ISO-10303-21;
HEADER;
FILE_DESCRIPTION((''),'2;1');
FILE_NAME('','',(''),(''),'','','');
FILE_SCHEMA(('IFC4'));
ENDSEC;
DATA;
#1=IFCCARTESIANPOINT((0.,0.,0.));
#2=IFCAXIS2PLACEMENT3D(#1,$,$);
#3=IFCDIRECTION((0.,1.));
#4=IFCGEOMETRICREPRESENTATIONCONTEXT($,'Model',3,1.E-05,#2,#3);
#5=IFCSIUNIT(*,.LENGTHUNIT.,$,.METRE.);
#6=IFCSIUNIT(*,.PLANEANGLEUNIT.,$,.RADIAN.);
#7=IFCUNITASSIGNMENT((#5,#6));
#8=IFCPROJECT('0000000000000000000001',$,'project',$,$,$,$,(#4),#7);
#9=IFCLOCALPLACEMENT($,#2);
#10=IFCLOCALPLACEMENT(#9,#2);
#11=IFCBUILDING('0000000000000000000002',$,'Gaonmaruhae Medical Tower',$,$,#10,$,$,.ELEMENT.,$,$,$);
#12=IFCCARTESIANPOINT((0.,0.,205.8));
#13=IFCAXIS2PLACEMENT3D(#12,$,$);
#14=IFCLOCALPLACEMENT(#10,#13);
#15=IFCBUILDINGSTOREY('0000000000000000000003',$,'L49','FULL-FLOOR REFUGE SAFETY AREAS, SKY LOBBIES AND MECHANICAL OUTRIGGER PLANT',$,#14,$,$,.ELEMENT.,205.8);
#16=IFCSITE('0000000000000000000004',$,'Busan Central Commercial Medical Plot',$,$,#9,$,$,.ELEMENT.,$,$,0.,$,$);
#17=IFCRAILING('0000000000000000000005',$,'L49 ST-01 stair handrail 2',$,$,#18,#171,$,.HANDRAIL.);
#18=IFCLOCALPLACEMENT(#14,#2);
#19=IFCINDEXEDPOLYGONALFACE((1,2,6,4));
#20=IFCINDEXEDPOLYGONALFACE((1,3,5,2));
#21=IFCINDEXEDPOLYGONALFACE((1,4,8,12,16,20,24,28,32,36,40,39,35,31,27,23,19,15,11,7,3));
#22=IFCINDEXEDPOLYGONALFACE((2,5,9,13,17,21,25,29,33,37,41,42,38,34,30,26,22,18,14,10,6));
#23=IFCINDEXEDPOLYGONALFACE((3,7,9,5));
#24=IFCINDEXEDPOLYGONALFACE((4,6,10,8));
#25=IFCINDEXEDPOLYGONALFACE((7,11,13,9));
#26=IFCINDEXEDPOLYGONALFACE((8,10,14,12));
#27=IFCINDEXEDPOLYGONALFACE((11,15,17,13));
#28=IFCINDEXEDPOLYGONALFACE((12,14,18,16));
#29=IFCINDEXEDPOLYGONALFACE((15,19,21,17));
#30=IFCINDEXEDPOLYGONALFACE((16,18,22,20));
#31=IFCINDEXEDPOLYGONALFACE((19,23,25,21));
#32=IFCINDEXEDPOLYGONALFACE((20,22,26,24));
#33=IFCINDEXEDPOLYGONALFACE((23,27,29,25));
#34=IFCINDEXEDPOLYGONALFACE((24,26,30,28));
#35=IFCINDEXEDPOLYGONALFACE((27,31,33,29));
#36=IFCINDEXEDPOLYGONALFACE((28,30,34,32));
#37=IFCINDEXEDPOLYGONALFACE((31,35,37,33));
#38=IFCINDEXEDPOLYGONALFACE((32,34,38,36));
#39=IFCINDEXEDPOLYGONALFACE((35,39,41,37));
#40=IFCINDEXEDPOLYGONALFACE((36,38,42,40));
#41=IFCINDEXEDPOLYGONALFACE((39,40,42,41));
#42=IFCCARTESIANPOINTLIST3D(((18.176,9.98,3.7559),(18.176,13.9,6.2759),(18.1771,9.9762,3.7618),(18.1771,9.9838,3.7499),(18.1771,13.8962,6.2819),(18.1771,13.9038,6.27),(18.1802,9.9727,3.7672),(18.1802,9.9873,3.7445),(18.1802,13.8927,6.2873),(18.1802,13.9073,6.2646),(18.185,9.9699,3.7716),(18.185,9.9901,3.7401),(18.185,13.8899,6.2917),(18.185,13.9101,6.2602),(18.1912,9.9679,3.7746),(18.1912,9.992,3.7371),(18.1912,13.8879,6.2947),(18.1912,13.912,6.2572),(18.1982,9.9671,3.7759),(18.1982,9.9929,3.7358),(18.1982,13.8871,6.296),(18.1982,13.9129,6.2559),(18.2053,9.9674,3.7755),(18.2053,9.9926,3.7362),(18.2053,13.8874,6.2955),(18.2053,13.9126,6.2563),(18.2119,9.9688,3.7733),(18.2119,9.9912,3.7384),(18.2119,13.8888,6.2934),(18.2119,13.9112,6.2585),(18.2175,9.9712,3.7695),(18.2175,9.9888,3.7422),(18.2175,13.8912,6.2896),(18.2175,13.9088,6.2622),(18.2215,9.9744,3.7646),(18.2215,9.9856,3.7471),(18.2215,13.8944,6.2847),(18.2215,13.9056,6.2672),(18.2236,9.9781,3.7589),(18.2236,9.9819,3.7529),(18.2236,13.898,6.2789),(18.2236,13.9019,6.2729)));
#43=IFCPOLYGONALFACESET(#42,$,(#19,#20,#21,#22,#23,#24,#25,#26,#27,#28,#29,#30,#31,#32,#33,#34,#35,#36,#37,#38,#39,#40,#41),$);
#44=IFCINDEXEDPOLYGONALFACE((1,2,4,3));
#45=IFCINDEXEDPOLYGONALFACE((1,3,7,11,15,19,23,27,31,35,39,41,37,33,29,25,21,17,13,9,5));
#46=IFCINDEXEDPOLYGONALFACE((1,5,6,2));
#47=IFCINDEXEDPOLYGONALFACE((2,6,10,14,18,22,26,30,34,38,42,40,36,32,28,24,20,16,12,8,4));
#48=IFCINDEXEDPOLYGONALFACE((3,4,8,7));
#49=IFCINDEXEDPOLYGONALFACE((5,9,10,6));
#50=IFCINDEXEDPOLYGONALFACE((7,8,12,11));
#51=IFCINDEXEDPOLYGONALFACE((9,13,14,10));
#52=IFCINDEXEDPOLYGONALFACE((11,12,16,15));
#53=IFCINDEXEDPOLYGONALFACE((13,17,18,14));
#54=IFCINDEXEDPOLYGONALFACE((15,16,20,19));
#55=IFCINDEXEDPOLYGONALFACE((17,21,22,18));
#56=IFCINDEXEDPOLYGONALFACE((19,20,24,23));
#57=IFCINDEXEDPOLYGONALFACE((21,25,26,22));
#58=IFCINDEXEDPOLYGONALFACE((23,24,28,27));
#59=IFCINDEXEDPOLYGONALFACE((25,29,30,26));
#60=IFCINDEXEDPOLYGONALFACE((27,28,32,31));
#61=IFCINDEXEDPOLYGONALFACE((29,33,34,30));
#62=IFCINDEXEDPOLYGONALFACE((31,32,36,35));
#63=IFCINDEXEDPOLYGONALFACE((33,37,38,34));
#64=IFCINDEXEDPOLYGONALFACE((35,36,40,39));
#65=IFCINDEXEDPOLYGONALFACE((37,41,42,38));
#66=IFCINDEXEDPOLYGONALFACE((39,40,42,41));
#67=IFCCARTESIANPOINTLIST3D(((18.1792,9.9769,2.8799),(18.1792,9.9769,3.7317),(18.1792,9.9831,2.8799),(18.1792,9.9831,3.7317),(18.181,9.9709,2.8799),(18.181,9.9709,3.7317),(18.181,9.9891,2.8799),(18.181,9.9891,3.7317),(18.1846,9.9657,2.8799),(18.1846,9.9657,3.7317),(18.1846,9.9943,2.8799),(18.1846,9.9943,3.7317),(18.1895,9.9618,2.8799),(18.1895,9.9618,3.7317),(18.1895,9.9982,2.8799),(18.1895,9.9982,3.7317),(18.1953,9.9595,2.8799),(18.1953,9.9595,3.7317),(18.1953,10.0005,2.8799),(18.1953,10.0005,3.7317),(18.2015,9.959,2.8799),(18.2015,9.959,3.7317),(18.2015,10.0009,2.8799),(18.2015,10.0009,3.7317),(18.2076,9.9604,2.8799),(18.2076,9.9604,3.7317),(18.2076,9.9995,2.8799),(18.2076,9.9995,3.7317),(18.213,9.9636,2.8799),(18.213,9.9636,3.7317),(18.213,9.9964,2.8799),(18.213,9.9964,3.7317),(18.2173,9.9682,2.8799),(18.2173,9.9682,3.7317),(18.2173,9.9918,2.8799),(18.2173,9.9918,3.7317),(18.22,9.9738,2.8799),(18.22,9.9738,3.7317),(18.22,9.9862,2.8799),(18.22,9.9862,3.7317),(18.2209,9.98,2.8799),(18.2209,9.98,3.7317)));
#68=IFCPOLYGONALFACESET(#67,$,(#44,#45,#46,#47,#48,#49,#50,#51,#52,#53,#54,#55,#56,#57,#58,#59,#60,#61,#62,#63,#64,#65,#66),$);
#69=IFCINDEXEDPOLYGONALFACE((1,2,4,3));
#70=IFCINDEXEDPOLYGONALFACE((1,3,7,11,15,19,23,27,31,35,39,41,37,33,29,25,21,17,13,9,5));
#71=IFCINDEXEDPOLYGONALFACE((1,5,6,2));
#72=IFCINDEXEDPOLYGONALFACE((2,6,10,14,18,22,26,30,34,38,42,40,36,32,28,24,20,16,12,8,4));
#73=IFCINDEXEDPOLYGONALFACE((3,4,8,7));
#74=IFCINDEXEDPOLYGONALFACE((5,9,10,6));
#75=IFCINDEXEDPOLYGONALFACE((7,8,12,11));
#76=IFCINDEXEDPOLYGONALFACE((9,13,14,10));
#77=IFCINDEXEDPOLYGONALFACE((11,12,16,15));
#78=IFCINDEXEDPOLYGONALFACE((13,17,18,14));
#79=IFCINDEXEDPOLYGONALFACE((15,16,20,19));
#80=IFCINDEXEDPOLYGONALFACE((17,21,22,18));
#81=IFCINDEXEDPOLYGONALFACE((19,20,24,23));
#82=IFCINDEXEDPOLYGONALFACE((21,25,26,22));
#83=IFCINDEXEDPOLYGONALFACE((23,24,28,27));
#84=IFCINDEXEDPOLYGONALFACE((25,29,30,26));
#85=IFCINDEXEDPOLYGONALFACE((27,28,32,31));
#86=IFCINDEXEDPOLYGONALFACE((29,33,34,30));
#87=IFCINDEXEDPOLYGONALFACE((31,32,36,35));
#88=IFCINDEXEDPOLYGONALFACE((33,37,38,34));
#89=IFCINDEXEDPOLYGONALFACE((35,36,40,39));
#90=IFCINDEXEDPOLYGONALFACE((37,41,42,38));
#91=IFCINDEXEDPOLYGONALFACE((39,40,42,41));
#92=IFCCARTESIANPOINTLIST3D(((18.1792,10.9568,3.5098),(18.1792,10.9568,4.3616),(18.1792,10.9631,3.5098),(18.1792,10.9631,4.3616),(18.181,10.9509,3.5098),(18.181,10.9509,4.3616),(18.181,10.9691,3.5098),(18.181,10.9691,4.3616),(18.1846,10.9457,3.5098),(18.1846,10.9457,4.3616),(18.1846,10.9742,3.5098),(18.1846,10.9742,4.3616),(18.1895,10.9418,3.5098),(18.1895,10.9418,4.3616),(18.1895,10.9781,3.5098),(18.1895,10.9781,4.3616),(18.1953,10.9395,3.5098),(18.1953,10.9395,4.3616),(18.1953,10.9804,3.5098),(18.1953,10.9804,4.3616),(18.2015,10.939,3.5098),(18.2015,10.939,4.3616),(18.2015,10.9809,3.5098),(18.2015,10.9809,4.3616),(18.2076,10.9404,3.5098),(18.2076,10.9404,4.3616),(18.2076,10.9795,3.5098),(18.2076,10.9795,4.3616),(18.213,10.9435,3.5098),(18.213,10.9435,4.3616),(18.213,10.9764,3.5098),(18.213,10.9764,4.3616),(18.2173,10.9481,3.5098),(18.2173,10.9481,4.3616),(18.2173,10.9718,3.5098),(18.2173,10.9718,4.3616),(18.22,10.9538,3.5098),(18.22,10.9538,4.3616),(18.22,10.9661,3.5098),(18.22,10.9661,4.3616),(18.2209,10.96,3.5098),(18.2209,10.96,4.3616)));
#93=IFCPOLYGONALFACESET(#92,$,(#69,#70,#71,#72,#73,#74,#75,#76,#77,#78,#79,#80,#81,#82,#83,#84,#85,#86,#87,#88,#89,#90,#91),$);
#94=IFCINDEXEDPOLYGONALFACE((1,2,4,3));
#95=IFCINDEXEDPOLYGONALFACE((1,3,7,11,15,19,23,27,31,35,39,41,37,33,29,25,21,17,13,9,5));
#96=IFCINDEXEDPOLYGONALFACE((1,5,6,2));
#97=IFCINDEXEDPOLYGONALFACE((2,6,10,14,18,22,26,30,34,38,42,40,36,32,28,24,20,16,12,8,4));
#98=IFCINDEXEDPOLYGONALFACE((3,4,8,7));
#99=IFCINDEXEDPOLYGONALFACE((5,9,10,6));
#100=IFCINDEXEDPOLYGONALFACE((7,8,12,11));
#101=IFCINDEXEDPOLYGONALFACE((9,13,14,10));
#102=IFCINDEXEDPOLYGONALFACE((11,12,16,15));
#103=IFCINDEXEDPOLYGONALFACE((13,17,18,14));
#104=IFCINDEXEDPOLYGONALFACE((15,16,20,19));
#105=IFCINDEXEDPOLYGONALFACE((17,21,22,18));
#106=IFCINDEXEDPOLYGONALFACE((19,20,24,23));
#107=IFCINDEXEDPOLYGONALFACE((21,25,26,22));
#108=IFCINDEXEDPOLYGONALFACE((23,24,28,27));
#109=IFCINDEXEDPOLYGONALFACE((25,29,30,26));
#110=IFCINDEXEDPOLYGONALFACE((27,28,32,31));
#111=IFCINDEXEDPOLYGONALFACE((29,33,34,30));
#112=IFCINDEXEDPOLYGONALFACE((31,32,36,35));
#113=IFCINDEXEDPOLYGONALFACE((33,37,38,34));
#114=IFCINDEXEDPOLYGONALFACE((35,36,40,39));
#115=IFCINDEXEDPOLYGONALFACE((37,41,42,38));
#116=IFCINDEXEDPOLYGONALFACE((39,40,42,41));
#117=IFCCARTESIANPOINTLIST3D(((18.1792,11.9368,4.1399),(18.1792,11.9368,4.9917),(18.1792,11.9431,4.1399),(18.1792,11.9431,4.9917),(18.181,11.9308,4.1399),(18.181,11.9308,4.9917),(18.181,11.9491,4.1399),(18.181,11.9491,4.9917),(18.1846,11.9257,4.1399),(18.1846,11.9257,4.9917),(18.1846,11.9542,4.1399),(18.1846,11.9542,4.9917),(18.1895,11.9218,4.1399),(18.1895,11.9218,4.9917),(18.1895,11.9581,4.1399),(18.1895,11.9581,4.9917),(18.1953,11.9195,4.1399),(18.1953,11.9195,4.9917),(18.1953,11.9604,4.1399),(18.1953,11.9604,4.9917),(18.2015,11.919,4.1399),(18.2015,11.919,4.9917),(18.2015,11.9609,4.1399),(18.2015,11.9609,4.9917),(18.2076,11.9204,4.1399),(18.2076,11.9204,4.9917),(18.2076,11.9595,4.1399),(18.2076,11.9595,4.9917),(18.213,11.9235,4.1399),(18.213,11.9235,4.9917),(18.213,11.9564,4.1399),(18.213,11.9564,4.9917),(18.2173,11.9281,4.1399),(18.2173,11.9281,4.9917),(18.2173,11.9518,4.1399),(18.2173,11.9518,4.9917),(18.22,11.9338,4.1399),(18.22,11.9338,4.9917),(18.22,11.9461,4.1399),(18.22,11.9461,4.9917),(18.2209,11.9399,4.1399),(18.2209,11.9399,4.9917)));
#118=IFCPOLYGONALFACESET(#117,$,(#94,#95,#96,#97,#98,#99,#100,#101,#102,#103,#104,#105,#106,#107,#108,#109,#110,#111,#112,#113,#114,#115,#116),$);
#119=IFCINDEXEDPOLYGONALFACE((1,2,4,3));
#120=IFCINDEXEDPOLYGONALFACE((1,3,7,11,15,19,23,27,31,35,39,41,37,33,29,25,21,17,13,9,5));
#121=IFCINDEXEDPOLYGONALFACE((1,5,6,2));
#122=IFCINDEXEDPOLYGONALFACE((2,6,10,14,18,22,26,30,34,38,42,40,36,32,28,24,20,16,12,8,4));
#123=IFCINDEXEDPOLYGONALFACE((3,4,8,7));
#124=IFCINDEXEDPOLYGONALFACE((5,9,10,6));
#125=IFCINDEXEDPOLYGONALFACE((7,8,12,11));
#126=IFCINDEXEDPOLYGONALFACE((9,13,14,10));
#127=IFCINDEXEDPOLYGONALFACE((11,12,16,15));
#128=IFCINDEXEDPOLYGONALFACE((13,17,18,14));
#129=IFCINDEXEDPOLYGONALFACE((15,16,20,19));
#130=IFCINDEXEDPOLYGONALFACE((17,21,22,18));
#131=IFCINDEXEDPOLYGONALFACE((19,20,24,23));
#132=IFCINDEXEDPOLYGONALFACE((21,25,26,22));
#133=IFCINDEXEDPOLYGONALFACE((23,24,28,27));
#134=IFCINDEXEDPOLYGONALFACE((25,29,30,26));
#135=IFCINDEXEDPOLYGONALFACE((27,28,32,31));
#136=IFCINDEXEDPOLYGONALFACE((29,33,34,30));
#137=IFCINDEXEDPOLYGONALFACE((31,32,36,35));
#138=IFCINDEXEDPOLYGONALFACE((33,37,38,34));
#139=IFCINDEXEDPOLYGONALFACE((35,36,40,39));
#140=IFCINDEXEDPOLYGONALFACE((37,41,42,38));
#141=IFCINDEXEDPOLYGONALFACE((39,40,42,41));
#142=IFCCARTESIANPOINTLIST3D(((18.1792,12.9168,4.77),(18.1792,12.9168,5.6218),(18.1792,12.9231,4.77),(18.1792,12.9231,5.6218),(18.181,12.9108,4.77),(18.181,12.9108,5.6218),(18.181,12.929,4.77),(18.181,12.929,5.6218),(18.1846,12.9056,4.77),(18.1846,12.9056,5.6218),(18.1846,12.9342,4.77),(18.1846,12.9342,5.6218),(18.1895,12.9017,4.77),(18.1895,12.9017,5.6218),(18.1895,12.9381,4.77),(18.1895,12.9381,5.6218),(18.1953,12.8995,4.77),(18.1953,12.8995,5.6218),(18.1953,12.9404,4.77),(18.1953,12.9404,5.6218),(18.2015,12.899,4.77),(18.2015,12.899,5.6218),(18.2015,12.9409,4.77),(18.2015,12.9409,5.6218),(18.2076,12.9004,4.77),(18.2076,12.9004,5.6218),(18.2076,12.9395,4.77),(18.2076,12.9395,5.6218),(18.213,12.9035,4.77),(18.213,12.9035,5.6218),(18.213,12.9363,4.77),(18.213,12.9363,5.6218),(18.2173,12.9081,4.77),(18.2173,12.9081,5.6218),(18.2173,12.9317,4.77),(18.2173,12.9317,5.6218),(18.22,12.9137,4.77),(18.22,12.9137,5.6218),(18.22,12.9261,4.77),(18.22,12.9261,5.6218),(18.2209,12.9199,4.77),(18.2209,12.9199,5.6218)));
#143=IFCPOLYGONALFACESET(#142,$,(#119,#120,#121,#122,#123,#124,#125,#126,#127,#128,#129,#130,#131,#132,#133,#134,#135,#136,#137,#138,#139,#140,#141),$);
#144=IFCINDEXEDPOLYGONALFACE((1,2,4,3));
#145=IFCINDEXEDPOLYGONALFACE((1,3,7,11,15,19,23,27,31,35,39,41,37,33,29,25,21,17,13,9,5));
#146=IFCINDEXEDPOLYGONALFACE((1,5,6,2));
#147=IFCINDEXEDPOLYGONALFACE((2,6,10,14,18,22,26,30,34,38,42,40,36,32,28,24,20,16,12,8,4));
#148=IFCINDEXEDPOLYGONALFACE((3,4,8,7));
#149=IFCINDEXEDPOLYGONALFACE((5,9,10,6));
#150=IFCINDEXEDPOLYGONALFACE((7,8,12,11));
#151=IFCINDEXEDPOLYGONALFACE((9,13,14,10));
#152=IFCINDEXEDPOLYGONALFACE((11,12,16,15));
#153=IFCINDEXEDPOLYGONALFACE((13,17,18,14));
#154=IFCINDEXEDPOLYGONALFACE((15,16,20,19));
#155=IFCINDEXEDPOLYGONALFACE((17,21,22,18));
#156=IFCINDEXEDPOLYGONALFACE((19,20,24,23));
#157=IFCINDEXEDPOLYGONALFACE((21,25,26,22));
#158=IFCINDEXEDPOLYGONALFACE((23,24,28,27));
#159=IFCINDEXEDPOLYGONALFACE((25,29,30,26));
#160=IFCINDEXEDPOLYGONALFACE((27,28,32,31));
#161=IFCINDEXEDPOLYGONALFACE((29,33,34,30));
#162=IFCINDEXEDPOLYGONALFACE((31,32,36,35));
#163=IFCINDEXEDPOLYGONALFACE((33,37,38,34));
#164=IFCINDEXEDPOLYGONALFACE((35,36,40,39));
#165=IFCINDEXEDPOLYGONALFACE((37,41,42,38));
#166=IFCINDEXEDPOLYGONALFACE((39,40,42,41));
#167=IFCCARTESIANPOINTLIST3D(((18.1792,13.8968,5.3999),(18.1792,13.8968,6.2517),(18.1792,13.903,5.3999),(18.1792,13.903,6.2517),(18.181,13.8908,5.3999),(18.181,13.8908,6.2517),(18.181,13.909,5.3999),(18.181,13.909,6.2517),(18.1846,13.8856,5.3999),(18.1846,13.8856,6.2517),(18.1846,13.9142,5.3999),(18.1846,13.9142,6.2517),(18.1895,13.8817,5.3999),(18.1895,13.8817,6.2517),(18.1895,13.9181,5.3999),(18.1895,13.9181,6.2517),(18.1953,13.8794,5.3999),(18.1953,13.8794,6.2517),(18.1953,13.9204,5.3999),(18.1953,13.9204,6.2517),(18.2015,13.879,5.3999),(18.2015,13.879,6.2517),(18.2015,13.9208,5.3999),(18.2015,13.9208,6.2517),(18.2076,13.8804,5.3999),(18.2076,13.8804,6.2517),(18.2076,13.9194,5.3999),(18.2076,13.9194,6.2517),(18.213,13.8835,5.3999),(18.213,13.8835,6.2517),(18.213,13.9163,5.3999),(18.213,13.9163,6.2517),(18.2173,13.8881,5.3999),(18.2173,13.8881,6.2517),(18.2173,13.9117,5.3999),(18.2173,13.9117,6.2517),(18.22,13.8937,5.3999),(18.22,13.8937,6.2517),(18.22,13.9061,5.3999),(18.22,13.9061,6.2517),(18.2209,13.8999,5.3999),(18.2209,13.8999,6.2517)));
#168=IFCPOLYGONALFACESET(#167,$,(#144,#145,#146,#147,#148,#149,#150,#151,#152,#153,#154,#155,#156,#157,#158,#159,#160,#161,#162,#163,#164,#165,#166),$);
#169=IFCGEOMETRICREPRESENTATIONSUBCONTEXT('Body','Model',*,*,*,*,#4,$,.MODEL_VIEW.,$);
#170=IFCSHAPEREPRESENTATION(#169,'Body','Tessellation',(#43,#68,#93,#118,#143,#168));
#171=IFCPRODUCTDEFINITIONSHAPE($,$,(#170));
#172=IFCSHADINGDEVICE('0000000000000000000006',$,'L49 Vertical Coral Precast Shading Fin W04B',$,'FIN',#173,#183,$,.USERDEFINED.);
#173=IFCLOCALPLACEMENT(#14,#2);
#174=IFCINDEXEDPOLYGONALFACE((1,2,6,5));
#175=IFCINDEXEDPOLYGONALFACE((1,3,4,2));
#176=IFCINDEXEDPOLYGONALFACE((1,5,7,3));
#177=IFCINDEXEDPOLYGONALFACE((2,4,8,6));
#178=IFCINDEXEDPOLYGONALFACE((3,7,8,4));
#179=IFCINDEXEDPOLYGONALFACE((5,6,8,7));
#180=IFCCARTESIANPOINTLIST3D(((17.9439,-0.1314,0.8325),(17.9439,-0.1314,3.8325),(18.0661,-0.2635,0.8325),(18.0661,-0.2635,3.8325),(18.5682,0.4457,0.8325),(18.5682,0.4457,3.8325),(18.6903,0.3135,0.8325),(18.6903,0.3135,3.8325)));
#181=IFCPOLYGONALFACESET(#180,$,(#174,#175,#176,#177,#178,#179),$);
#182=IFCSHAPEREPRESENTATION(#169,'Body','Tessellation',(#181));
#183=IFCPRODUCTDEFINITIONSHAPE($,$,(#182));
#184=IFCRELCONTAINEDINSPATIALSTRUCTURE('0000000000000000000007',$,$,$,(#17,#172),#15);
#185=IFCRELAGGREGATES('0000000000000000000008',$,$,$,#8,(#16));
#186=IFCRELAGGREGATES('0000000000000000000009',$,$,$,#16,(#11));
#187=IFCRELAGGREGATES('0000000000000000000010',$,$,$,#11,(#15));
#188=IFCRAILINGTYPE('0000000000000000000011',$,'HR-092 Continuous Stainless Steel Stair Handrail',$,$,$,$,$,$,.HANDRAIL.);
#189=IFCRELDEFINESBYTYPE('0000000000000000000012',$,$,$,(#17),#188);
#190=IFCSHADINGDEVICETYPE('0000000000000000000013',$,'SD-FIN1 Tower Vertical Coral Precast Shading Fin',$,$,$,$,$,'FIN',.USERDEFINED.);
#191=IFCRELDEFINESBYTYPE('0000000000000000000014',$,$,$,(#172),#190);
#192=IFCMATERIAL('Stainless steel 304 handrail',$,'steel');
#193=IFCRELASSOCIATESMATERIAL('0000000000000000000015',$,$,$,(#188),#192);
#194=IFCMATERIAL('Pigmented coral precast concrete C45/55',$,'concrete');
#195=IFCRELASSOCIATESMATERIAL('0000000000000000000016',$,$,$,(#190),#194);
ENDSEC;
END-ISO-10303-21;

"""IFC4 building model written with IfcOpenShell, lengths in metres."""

from ifc_helpers import new_model, si_unit, direction, frame, origin, origin_2d, place, context, subcontext, project, spatial, rectangle, circle, extrude, material, type_object, element, save


model = new_model("IFC4")

# Units and contexts
model_context = context("Model", 3, precision=1e-05, world=origin(), true_north=direction((0.0, 1.0)))
body_context = subcontext(model_context, "Body", "Model", "MODEL_VIEW")
ifc_project = project(units=[si_unit("LENGTHUNIT", "METRE"), si_unit("PLANEANGLEUNIT", "RADIAN")], contexts=[model_context])

# Site, building, storey
site_placement = place(None, origin())
site = spatial("IfcSite", under=ifc_project, at=site_placement, Name="Busan Central Commercial Medical Plot", CompositionType="ELEMENT", RefElevation=0.0)
building_placement = place(site_placement, origin())
building = spatial("IfcBuilding", under=site, at=building_placement, Name="Gaonmaruhae Medical Tower", CompositionType="ELEMENT")
storey_placement = place(building_placement, frame((0.0, 0.0, 205.8)))
storey = spatial("IfcBuildingStorey", under=building, at=storey_placement, Name="L49", Description="FULL-FLOOR REFUGE SAFETY AREAS, SKY LOBBIES AND MECHANICAL OUTRIGGER PLANT", CompositionType="ELEMENT", Elevation=205.8)

# Railing
ifc_material_1 = material(Name="Stainless steel 304 handrail", Category="steel")
railing_type_1 = type_object("IfcRailingType", Name="HR-092 Continuous Stainless Steel Stair Handrail", PredefinedType="HANDRAIL", material=ifc_material_1)
railing_1_placement = place(storey_placement, frame((18.2, 9.98, 2.8799)))
element("IfcRailing", 1, at=railing_1_placement, inside=storey, type_object=railing_type_1, Name="L49 ST-01 stair handrail 2", PredefinedType="HANDRAIL", context=body_context, shape_type="SweptSolid", body=[
    extrude(circle(Radius=0.0239, at=origin_2d()), frame((0.0, 0.0, 0.876), z_axis=(0.0, 0.841172, 0.540768), x_axis=(-1.0, 0.0, 0.0)), (0.0, 0.0, 1.0), 4.6602),
    extrude(circle(Radius=0.021, at=origin_2d()), origin(), (0.0, 0.0, 1.0), 0.8518),
    extrude(circle(Radius=0.021, at=origin_2d()), frame((0.0, 0.98, 0.6299)), (0.0, 0.0, 1.0), 0.8518),
    extrude(circle(Radius=0.021, at=origin_2d()), frame((0.0, 1.96, 1.26)), (0.0, 0.0, 1.0), 0.8518),
    extrude(circle(Radius=0.021, at=origin_2d()), frame((0.0, 2.9399, 1.8901)), (0.0, 0.0, 1.0), 0.8518),
    extrude(circle(Radius=0.021, at=origin_2d()), frame((0.0, 3.9199, 2.52)), (0.0, 0.0, 1.0), 0.8518),
])

# Shading device
ifc_material_2 = material(Name="Pigmented coral precast concrete C45/55", Category="concrete")
shading_device_type = type_object("IfcShadingDeviceType", Name="SD-FIN1 Tower Vertical Coral Precast Shading Fin", ElementType="FIN", PredefinedType="USERDEFINED", material=ifc_material_2)
shading_device_placement = place(storey_placement, frame((18.3171, 0.0911, 0.8325), z_axis=(0.0, 0.0, 1.0), x_axis=(-0.678801, 0.734323, 0.0)))
element("IfcShadingDevice", 2, at=shading_device_placement, inside=storey, type_object=shading_device_type, Name="L49 Vertical Coral Precast Shading Fin W04B", ObjectType="FIN", PredefinedType="USERDEFINED", context=body_context, shape_type="SweptSolid", body=[
    extrude(rectangle(XDim=0.1799, YDim=0.8501, at=origin_2d()), origin(), (0.0, 0.0, 1.0), 3.0),
])

save(model, "model.ifc")
